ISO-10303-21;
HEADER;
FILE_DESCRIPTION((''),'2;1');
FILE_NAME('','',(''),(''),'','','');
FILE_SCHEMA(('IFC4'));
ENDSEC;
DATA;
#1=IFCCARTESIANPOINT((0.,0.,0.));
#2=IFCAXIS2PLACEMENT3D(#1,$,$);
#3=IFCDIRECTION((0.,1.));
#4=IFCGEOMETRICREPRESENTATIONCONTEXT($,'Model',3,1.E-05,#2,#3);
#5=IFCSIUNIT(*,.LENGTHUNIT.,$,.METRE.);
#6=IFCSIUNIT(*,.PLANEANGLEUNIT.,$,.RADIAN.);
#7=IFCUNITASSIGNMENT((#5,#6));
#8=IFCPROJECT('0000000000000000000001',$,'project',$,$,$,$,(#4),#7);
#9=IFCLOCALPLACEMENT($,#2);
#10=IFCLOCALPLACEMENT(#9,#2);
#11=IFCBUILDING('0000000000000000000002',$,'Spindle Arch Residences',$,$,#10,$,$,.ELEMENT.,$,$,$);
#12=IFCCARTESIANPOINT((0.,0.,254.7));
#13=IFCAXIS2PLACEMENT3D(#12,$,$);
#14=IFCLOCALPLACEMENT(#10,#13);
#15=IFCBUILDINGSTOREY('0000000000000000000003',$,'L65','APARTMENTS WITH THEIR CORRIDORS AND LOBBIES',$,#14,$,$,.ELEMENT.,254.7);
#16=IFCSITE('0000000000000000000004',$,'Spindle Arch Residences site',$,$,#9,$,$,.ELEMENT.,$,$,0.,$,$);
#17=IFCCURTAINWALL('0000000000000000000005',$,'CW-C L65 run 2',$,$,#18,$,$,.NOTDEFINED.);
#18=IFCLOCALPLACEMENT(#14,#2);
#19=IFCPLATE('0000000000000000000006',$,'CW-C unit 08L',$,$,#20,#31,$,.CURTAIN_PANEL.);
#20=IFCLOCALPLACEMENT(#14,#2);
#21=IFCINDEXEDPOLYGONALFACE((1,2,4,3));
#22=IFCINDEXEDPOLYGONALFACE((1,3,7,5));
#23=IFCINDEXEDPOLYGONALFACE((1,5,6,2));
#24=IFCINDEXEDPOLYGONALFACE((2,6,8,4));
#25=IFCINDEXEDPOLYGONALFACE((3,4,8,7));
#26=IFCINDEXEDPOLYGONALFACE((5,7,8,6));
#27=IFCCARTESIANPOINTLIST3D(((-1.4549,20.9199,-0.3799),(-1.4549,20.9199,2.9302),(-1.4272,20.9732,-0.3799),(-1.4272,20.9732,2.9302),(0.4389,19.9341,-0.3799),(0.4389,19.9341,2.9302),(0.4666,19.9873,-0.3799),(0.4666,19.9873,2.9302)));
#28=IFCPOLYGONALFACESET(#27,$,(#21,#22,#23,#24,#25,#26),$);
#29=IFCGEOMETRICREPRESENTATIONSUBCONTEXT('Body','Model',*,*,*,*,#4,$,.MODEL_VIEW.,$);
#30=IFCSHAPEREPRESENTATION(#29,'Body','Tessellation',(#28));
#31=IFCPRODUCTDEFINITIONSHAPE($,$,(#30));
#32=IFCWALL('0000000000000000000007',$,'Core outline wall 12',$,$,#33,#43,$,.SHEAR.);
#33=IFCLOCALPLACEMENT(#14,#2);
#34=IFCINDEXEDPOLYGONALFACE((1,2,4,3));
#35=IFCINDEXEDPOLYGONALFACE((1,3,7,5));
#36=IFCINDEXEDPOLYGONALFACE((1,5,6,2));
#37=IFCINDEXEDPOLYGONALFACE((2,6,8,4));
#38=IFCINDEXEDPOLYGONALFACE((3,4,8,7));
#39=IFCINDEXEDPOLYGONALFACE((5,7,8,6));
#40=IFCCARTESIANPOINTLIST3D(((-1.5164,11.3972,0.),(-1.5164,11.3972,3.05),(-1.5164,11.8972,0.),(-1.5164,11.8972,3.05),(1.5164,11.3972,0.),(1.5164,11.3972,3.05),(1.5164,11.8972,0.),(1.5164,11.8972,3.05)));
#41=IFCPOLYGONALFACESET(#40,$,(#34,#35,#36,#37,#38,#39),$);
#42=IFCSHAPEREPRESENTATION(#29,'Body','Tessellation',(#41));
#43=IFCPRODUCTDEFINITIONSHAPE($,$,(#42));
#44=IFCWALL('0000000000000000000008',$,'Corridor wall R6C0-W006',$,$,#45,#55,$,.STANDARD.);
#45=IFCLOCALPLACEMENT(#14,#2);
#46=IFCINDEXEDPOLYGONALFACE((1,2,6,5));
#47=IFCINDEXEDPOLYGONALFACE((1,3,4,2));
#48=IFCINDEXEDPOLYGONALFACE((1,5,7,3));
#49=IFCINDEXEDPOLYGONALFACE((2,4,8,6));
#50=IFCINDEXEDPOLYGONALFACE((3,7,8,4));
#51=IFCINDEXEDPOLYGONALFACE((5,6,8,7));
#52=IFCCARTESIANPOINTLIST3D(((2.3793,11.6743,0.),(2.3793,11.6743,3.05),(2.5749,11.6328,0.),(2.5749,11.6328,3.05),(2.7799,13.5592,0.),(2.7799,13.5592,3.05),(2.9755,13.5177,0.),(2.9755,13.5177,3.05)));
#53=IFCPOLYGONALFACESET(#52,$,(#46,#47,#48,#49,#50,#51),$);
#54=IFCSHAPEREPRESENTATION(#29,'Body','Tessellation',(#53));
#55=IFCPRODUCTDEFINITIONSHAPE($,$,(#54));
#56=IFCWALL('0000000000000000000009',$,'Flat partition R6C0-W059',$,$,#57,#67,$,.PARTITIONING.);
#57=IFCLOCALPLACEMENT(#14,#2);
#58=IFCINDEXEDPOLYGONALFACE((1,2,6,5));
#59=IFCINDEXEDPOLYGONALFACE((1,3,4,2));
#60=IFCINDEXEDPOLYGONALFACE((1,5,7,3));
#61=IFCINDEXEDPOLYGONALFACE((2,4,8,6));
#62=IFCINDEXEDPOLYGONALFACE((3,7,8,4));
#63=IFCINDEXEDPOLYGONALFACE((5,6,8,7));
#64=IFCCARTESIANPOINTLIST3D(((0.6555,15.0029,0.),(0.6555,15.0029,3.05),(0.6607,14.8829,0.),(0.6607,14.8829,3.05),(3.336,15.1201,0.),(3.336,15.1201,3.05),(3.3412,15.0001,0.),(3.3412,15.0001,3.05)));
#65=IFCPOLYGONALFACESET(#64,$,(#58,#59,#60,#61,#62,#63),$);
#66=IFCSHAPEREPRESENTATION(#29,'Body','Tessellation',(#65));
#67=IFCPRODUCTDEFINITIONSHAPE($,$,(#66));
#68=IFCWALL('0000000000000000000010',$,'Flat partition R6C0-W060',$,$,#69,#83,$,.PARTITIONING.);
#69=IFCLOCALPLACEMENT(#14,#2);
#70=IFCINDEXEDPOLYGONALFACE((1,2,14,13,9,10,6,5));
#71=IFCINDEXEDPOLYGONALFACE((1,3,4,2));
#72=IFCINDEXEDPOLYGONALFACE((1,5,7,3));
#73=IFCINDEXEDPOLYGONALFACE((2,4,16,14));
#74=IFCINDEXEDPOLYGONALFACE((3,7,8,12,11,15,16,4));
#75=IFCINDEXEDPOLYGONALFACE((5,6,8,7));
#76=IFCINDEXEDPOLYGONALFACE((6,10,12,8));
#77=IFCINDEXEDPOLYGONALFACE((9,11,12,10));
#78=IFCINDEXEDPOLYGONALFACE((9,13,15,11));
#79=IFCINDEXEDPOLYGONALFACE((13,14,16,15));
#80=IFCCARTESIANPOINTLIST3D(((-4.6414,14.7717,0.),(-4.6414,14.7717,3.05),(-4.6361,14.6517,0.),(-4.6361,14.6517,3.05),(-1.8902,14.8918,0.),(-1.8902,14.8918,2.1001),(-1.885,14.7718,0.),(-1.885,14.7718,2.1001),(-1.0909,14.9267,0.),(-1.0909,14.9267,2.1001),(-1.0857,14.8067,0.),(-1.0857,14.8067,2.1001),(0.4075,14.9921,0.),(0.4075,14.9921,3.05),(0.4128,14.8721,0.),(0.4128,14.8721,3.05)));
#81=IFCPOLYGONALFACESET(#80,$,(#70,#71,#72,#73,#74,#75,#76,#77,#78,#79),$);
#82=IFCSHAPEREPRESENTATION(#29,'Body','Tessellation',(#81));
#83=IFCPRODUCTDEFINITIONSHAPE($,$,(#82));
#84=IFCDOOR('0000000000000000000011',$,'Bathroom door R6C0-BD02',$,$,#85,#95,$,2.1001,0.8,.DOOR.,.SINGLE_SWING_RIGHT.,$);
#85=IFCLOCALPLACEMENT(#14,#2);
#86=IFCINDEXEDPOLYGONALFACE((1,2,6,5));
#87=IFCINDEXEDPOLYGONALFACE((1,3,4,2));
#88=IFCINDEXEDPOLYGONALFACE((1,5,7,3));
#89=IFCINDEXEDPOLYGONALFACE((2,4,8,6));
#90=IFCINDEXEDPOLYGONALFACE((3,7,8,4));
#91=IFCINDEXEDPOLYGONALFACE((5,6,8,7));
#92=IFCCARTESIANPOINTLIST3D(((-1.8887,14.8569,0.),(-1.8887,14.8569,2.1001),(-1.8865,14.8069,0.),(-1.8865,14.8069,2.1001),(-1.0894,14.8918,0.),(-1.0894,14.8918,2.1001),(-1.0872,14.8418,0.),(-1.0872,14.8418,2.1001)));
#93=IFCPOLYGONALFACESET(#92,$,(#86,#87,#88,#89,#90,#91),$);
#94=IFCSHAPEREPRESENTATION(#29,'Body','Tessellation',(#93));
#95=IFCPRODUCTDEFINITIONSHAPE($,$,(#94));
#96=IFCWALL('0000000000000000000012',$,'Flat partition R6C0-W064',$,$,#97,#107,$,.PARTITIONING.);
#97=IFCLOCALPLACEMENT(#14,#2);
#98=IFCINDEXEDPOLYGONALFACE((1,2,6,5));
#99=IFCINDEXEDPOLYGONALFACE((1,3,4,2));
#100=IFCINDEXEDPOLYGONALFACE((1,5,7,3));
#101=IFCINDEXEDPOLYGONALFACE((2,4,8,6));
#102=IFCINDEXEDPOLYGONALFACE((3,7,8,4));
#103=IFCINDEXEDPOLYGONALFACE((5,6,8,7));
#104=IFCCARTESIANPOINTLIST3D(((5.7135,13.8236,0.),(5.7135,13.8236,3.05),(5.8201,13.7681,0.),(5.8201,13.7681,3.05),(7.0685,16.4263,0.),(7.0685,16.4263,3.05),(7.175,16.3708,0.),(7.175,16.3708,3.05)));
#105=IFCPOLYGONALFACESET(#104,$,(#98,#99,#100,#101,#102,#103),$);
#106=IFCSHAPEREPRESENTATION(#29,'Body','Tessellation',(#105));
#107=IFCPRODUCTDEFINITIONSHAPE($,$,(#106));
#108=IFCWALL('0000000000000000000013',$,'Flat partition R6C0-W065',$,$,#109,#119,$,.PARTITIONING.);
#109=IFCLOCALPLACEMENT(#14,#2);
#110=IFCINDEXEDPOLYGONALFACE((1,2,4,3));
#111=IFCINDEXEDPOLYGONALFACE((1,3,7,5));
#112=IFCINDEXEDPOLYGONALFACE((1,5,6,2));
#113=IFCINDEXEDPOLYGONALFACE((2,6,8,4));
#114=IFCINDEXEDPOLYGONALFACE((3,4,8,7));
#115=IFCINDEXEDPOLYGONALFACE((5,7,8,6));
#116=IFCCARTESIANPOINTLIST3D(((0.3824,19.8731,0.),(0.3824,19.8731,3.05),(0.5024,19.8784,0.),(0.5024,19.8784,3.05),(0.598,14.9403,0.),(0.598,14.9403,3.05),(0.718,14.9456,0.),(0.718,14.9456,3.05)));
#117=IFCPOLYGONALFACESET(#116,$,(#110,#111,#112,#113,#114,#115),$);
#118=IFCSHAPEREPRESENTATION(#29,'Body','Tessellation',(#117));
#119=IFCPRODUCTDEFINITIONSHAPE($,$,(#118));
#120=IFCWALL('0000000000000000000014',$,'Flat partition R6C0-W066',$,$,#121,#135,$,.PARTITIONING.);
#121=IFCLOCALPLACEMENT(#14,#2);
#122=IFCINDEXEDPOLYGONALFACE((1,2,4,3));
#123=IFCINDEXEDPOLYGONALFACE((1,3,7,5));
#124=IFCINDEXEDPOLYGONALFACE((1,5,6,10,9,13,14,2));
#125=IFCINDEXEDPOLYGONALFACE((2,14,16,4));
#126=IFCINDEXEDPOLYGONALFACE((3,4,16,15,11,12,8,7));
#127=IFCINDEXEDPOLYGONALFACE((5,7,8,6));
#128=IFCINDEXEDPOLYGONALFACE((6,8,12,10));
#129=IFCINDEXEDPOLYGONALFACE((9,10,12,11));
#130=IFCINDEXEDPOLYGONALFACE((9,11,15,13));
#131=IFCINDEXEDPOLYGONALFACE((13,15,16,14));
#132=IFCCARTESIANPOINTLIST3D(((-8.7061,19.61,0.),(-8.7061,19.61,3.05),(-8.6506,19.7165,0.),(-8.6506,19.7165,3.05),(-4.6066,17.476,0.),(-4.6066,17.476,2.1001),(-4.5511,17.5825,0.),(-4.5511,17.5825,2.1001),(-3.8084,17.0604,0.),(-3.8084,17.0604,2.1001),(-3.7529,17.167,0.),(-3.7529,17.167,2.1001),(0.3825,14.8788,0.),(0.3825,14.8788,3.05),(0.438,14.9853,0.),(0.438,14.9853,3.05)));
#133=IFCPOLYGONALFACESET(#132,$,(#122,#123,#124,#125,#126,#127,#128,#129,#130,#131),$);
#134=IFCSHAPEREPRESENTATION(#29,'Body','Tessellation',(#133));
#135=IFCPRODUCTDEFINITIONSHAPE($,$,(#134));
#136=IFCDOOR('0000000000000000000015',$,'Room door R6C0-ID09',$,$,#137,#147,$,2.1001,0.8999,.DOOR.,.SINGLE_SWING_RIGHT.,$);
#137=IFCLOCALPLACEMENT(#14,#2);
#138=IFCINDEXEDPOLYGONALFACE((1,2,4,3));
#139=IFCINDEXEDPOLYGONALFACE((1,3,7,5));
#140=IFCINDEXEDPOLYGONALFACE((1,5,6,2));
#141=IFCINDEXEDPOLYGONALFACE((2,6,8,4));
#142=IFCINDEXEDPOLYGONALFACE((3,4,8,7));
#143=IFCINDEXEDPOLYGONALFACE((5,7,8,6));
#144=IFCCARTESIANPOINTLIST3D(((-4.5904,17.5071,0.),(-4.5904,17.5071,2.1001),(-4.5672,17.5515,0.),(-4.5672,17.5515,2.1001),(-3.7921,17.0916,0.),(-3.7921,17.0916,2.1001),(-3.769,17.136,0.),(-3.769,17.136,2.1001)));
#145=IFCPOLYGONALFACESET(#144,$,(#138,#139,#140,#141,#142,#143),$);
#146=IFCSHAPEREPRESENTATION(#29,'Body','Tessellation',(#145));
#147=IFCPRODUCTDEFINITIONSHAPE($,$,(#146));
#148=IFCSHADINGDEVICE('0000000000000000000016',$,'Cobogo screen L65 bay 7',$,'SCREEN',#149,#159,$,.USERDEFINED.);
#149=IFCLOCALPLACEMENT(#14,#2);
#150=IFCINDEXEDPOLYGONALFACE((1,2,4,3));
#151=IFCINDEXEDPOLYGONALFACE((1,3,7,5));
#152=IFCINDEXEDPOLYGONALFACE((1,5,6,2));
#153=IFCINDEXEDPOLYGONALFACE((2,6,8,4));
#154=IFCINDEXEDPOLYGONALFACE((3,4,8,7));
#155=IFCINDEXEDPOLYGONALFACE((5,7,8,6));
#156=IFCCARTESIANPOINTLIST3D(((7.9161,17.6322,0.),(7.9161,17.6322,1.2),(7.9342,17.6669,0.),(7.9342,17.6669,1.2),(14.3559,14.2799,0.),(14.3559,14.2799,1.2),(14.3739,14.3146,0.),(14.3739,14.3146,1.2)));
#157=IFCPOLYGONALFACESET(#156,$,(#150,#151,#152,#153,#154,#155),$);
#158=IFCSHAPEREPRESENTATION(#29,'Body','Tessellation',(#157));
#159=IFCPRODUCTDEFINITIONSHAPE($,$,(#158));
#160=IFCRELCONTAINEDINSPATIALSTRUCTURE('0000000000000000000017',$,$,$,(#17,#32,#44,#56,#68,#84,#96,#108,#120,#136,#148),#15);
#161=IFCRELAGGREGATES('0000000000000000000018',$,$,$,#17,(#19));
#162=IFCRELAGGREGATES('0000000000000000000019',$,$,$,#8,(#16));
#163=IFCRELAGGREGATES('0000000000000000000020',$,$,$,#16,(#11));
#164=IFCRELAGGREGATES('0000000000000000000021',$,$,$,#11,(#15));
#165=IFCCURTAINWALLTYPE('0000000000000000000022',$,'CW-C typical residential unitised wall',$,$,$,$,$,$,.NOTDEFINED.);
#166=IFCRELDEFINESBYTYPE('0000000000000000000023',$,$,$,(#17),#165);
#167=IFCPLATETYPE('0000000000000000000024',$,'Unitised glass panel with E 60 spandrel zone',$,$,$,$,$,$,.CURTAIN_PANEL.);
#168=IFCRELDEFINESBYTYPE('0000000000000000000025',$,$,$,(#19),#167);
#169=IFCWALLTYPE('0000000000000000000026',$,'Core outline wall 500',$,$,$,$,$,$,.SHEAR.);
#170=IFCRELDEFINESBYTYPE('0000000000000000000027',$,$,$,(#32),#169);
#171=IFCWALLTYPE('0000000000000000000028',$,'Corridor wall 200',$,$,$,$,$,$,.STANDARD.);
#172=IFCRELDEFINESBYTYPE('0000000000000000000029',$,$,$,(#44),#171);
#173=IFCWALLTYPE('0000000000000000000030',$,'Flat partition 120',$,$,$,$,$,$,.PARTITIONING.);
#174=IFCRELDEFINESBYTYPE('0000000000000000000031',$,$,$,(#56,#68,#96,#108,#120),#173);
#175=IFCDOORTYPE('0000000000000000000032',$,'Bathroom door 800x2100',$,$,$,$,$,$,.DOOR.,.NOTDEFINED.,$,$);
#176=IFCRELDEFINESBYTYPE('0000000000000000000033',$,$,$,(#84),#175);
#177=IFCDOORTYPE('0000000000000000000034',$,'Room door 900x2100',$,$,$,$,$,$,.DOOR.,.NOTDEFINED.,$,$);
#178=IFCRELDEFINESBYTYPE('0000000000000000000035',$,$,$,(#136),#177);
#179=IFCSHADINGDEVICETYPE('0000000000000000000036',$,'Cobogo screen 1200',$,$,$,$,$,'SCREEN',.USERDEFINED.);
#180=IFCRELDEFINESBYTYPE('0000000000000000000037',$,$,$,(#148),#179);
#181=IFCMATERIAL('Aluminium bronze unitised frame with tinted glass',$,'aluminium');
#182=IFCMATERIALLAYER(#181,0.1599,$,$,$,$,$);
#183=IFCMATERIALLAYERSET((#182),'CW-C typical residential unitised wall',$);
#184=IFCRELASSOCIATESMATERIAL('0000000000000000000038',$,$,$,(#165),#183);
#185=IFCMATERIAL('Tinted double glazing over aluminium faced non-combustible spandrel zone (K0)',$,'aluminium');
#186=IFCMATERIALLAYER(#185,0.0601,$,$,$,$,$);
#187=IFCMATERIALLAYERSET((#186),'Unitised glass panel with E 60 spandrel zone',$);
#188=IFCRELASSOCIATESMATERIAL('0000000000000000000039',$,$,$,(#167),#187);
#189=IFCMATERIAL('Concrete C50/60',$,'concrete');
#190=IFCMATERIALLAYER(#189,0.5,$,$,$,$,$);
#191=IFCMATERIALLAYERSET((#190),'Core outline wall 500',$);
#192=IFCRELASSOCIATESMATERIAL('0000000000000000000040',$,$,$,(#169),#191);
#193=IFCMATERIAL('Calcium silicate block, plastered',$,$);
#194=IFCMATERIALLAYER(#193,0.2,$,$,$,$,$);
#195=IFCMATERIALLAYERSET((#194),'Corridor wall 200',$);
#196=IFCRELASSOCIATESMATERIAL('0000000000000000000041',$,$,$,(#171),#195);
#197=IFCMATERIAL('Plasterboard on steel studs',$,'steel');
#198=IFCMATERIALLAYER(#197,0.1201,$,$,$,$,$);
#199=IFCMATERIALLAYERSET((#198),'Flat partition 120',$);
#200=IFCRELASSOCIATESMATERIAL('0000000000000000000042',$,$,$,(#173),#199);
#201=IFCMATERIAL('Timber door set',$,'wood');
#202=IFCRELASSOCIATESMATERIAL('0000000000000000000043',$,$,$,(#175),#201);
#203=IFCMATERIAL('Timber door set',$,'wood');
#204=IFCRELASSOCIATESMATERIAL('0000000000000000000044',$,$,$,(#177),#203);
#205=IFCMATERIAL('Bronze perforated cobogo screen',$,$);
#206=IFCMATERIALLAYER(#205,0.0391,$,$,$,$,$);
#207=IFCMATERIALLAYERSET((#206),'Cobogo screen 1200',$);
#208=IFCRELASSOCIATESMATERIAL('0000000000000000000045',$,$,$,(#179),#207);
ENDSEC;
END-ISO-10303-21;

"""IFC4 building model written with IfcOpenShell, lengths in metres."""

from ifc_helpers import new_model, si_unit, direction, frame, frame_2d, origin, origin_2d, place, context, subcontext, project, spatial, rectangle, extrude, material, layer, layer_set, type_object, element, fill, aggregate, save


model = new_model("IFC4")

# Units and contexts
model_context = context("Model", 3, precision=1e-05, world=origin(), true_north=direction((0.0, 1.0)))
body_context = subcontext(model_context, "Body", "Model", "MODEL_VIEW")
ifc_project = project(units=[si_unit("LENGTHUNIT", "METRE"), si_unit("PLANEANGLEUNIT", "RADIAN")], contexts=[model_context])

# Site, building, storey
site_placement = place(None, origin())
site = spatial("IfcSite", under=ifc_project, at=site_placement, Name="Spindle Arch Residences site", CompositionType="ELEMENT", RefElevation=0.0)
building_placement = place(site_placement, origin())
building = spatial("IfcBuilding", under=site, at=building_placement, Name="Spindle Arch Residences", CompositionType="ELEMENT")
storey_placement = place(building_placement, frame((0.0, 0.0, 254.7)))
storey = spatial("IfcBuildingStorey", under=building, at=storey_placement, Name="L65", Description="APARTMENTS WITH THEIR CORRIDORS AND LOBBIES", CompositionType="ELEMENT", Elevation=254.7)

# Curtain wall
ifc_material_1 = material(Name="Aluminium bronze unitised frame with tinted glass", Category="aluminium")
ifc_layer_1 = layer(ifc_material_1, 0.1599)
ifc_layer_set_1 = layer_set([ifc_layer_1], Name="CW-C typical residential unitised wall")
curtain_wall_type = type_object("IfcCurtainWallType", Name="CW-C typical residential unitised wall", PredefinedType="NOTDEFINED", material=ifc_layer_set_1)
curtain_wall_placement = place(storey_placement, origin())
curtain_wall = element("IfcCurtainWall", 1, at=curtain_wall_placement, inside=storey, type_object=curtain_wall_type, Name="CW-C L65 run 2", PredefinedType="NOTDEFINED")

# Plate
ifc_material_2 = material(Name="Tinted double glazing over aluminium faced non-combustible spandrel zone (K0)", Category="aluminium")
ifc_layer_2 = layer(ifc_material_2, 0.0601)
ifc_layer_set_2 = layer_set([ifc_layer_2], Name="Unitised glass panel with E 60 spandrel zone")
plate_type = type_object("IfcPlateType", Name="Unitised glass panel with E 60 spandrel zone", PredefinedType="CURTAIN_PANEL", material=ifc_layer_set_2)
plate_1_placement = place(storey_placement, frame((-0.4941, 20.4536, -0.3799), z_axis=(0.0, 0.0, 1.0), x_axis=(-0.887011, 0.461749, 0.0)))
plate_1 = element("IfcPlate", 2, at=plate_1_placement, type_object=plate_type, Name="CW-C unit 08L", PredefinedType="CURTAIN_PANEL", context=body_context, shape_type="SweptSolid", body=[
    extrude(rectangle(XDim=2.135, YDim=0.0601, at=origin_2d()), origin(), (0.0, 0.0, 1.0), 3.3101),
])
aggregate(curtain_wall, [plate_1])

# Walls
ifc_material_3 = material(Name="Concrete C50/60", Category="concrete")
ifc_layer_3 = layer(ifc_material_3, 0.5)
ifc_layer_set_3 = layer_set([ifc_layer_3], Name="Core outline wall 500")
wall_type_1 = type_object("IfcWallType", Name="Core outline wall 500", PredefinedType="SHEAR", material=ifc_layer_set_3)
wall_1_placement = place(storey_placement, frame((1.5164, 11.6472, 0.0), z_axis=(0.0, 0.0, 1.0), x_axis=(-1.0, 0.0, 0.0)))
element("IfcWall", 3, at=wall_1_placement, inside=storey, type_object=wall_type_1, Name="Core outline wall 12", PredefinedType="SHEAR", context=body_context, shape_type="SweptSolid", body=[
    extrude(rectangle(XDim=3.0327, YDim=0.5, at=frame_2d((1.5164, 0.0))), origin(), (0.0, 0.0, 1.0), 3.05),
])
ifc_material_4 = material(Name="Calcium silicate block, plastered")
ifc_layer_4 = layer(ifc_material_4, 0.2)
ifc_layer_set_4 = layer_set([ifc_layer_4], Name="Corridor wall 200")
wall_type_2 = type_object("IfcWallType", Name="Corridor wall 200", PredefinedType="STANDARD", material=ifc_layer_set_4)
wall_2_placement = place(storey_placement, frame((2.8777, 13.5383, 0.0), z_axis=(0.0, 0.0, 1.0), x_axis=(-0.207894, -0.978151, 0.0)))
element("IfcWall", 4, at=wall_2_placement, inside=storey, type_object=wall_type_2, Name="Corridor wall R6C0-W006", PredefinedType="STANDARD", context=body_context, shape_type="SweptSolid", body=[
    extrude(rectangle(XDim=1.927, YDim=0.2, at=frame_2d((0.9634, 0.0))), origin(), (0.0, 0.0, 1.0), 3.05),
])
ifc_material_5 = material(Name="Plasterboard on steel studs", Category="steel")
ifc_layer_5 = layer(ifc_material_5, 0.1201)
ifc_layer_set_5 = layer_set([ifc_layer_5], Name="Flat partition 120")
wall_type_3 = type_object("IfcWallType", Name="Flat partition 120", PredefinedType="PARTITIONING", material=ifc_layer_set_5)
wall_3_placement = place(storey_placement, frame((3.3386, 15.0601, 0.0), z_axis=(0.0, 0.0, 1.0), x_axis=(-0.999046, -0.043674, 0.0)))
element("IfcWall", 5, at=wall_3_placement, inside=storey, type_object=wall_type_3, Name="Flat partition R6C0-W059", PredefinedType="PARTITIONING", context=body_context, shape_type="SweptSolid", body=[
    extrude(rectangle(XDim=2.6831, YDim=0.1201, at=frame_2d((1.3416, 0.0))), origin(), (0.0, 0.0, 1.0), 3.05),
])

# Wall, opening, door
wall_4_placement = place(storey_placement, frame((0.4102, 14.9321, 0.0), z_axis=(0.0, 0.0, 1.0), x_axis=(-0.999048, -0.043624, 0.0)))
wall_4 = element("IfcWall", 6, at=wall_4_placement, inside=storey, type_object=wall_type_3, Name="Flat partition R6C0-W060", PredefinedType="PARTITIONING", context=body_context, shape_type="SweptSolid", body=[
    extrude(rectangle(XDim=5.0537, YDim=0.1201, at=frame_2d((2.5269, 0.0))), origin(), (0.0, 0.0, 1.0), 3.05),
])
opening_1_placement = place(wall_4_placement, frame((1.5, 0.0, 0.0)))
opening_1 = element("IfcOpeningElement", 7, at=opening_1_placement, cuts=wall_4, PredefinedType="OPENING", context=body_context, shape_type="SweptSolid", body=[
    extrude(rectangle(XDim=0.8, YDim=2.1001, at=frame_2d((0.3999, 1.05))), frame((0.0, 0.0701, 0.0), z_axis=(0.0, -1.0, 0.0), x_axis=(1.0, 0.0, 0.0)), (0.0, 0.0, 1.0), 0.1401),
])
ifc_material_6 = material(Name="Timber door set", Category="wood")
door_type_1 = type_object("IfcDoorType", Name="Bathroom door 800x2100", OperationType="NOTDEFINED", PredefinedType="DOOR", material=ifc_material_6)
door_1_placement = place(opening_1_placement, origin())
door_1 = element("IfcDoor", 8, at=door_1_placement, inside=storey, type_object=door_type_1, Name="Bathroom door R6C0-BD02", OperationType="SINGLE_SWING_RIGHT", OverallHeight=2.1001, OverallWidth=0.8, PredefinedType="DOOR", context=body_context, shape_type="SweptSolid", body=[
    extrude(rectangle(XDim=0.8, YDim=2.1001, at=frame_2d((0.3999, 1.05))), frame((0.0, 0.0249, 0.0), z_axis=(0.0, -1.0, 0.0), x_axis=(1.0, 0.0, 0.0)), (0.0, 0.0, 1.0), 0.05),
])
fill(opening_1, door_1)

# Walls
wall_5_placement = place(storey_placement, frame((7.1218, 16.3987, 0.0), z_axis=(0.0, 0.0, 1.0), x_axis=(-0.461764, -0.887003, 0.0)))
element("IfcWall", 9, at=wall_5_placement, inside=storey, type_object=wall_type_3, Name="Flat partition R6C0-W064", PredefinedType="PARTITIONING", context=body_context, shape_type="SweptSolid", body=[
    extrude(rectangle(XDim=2.9343, YDim=0.1201, at=frame_2d((1.4673, 0.0))), origin(), (0.0, 0.0, 1.0), 3.05),
])
wall_6_placement = place(storey_placement, frame((0.4424, 19.8757, 0.0), z_axis=(0.0, 0.0, 1.0), x_axis=(0.04366, -0.999046, 0.0)))
element("IfcWall", 10, at=wall_6_placement, inside=storey, type_object=wall_type_3, Name="Flat partition R6C0-W065", PredefinedType="PARTITIONING", context=body_context, shape_type="SweptSolid", body=[
    extrude(rectangle(XDim=4.9375, YDim=0.1201, at=frame_2d((2.4688, 0.0))), origin(), (0.0, 0.0, 1.0), 3.05),
])

# Wall, opening, door
wall_7_placement = place(storey_placement, frame((0.4102, 14.9321, 0.0), z_axis=(0.0, 0.0, 1.0), x_axis=(-0.887012, 0.461746, 0.0)))
wall_7 = element("IfcWall", 11, at=wall_7_placement, inside=storey, type_object=wall_type_3, Name="Flat partition R6C0-W066", PredefinedType="PARTITIONING", context=body_context, shape_type="SweptSolid", body=[
    extrude(rectangle(XDim=10.2463, YDim=0.1201, at=frame_2d((5.123, 0.0))), origin(), (0.0, 0.0, 1.0), 3.05),
])
opening_2_placement = place(wall_7_placement, frame((4.7246, 0.0, 0.0)))
opening_2 = element("IfcOpeningElement", 12, at=opening_2_placement, cuts=wall_7, PredefinedType="OPENING", context=body_context, shape_type="SweptSolid", body=[
    extrude(rectangle(XDim=0.8999, YDim=2.1001, at=frame_2d((0.45, 1.05))), frame((0.0, 0.0701, 0.0), z_axis=(0.0, -1.0, 0.0), x_axis=(1.0, 0.0, 0.0)), (0.0, 0.0, 1.0), 0.1401),
])
ifc_material_7 = material(Name="Timber door set", Category="wood")
door_type_2 = type_object("IfcDoorType", Name="Room door 900x2100", OperationType="NOTDEFINED", PredefinedType="DOOR", material=ifc_material_7)
door_2_placement = place(opening_2_placement, origin())
door_2 = element("IfcDoor", 13, at=door_2_placement, inside=storey, type_object=door_type_2, Name="Room door R6C0-ID09", OperationType="SINGLE_SWING_RIGHT", OverallHeight=2.1001, OverallWidth=0.8999, PredefinedType="DOOR", context=body_context, shape_type="SweptSolid", body=[
    extrude(rectangle(XDim=0.8999, YDim=2.1001, at=frame_2d((0.45, 1.05))), frame((0.0, 0.0249, 0.0), z_axis=(0.0, -1.0, 0.0), x_axis=(1.0, 0.0, 0.0)), (0.0, 0.0, 1.0), 0.05),
])
fill(opening_2, door_2)

# Shading device
ifc_material_8 = material(Name="Bronze perforated cobogo screen")
ifc_layer_6 = layer(ifc_material_8, 0.0391)
ifc_layer_set_6 = layer_set([ifc_layer_6], Name="Cobogo screen 1200")
shading_device_type = type_object("IfcShadingDeviceType", Name="Cobogo screen 1200", ElementType="SCREEN", PredefinedType="USERDEFINED", material=ifc_layer_set_6)
shading_device_placement = place(storey_placement, frame((11.145, 15.9734, 0.0), z_axis=(0.0, 0.0, 1.0), x_axis=(-0.887011, 0.461749, 0.0)))
element("IfcShadingDevice", 14, at=shading_device_placement, inside=storey, type_object=shading_device_type, Name="Cobogo screen L65 bay 7", ObjectType="SCREEN", PredefinedType="USERDEFINED", context=body_context, shape_type="SweptSolid", body=[
    extrude(rectangle(XDim=7.26, YDim=0.0391, at=origin_2d()), origin(), (0.0, 0.0, 1.0), 1.2),
])

save(model, "model.ifc")
